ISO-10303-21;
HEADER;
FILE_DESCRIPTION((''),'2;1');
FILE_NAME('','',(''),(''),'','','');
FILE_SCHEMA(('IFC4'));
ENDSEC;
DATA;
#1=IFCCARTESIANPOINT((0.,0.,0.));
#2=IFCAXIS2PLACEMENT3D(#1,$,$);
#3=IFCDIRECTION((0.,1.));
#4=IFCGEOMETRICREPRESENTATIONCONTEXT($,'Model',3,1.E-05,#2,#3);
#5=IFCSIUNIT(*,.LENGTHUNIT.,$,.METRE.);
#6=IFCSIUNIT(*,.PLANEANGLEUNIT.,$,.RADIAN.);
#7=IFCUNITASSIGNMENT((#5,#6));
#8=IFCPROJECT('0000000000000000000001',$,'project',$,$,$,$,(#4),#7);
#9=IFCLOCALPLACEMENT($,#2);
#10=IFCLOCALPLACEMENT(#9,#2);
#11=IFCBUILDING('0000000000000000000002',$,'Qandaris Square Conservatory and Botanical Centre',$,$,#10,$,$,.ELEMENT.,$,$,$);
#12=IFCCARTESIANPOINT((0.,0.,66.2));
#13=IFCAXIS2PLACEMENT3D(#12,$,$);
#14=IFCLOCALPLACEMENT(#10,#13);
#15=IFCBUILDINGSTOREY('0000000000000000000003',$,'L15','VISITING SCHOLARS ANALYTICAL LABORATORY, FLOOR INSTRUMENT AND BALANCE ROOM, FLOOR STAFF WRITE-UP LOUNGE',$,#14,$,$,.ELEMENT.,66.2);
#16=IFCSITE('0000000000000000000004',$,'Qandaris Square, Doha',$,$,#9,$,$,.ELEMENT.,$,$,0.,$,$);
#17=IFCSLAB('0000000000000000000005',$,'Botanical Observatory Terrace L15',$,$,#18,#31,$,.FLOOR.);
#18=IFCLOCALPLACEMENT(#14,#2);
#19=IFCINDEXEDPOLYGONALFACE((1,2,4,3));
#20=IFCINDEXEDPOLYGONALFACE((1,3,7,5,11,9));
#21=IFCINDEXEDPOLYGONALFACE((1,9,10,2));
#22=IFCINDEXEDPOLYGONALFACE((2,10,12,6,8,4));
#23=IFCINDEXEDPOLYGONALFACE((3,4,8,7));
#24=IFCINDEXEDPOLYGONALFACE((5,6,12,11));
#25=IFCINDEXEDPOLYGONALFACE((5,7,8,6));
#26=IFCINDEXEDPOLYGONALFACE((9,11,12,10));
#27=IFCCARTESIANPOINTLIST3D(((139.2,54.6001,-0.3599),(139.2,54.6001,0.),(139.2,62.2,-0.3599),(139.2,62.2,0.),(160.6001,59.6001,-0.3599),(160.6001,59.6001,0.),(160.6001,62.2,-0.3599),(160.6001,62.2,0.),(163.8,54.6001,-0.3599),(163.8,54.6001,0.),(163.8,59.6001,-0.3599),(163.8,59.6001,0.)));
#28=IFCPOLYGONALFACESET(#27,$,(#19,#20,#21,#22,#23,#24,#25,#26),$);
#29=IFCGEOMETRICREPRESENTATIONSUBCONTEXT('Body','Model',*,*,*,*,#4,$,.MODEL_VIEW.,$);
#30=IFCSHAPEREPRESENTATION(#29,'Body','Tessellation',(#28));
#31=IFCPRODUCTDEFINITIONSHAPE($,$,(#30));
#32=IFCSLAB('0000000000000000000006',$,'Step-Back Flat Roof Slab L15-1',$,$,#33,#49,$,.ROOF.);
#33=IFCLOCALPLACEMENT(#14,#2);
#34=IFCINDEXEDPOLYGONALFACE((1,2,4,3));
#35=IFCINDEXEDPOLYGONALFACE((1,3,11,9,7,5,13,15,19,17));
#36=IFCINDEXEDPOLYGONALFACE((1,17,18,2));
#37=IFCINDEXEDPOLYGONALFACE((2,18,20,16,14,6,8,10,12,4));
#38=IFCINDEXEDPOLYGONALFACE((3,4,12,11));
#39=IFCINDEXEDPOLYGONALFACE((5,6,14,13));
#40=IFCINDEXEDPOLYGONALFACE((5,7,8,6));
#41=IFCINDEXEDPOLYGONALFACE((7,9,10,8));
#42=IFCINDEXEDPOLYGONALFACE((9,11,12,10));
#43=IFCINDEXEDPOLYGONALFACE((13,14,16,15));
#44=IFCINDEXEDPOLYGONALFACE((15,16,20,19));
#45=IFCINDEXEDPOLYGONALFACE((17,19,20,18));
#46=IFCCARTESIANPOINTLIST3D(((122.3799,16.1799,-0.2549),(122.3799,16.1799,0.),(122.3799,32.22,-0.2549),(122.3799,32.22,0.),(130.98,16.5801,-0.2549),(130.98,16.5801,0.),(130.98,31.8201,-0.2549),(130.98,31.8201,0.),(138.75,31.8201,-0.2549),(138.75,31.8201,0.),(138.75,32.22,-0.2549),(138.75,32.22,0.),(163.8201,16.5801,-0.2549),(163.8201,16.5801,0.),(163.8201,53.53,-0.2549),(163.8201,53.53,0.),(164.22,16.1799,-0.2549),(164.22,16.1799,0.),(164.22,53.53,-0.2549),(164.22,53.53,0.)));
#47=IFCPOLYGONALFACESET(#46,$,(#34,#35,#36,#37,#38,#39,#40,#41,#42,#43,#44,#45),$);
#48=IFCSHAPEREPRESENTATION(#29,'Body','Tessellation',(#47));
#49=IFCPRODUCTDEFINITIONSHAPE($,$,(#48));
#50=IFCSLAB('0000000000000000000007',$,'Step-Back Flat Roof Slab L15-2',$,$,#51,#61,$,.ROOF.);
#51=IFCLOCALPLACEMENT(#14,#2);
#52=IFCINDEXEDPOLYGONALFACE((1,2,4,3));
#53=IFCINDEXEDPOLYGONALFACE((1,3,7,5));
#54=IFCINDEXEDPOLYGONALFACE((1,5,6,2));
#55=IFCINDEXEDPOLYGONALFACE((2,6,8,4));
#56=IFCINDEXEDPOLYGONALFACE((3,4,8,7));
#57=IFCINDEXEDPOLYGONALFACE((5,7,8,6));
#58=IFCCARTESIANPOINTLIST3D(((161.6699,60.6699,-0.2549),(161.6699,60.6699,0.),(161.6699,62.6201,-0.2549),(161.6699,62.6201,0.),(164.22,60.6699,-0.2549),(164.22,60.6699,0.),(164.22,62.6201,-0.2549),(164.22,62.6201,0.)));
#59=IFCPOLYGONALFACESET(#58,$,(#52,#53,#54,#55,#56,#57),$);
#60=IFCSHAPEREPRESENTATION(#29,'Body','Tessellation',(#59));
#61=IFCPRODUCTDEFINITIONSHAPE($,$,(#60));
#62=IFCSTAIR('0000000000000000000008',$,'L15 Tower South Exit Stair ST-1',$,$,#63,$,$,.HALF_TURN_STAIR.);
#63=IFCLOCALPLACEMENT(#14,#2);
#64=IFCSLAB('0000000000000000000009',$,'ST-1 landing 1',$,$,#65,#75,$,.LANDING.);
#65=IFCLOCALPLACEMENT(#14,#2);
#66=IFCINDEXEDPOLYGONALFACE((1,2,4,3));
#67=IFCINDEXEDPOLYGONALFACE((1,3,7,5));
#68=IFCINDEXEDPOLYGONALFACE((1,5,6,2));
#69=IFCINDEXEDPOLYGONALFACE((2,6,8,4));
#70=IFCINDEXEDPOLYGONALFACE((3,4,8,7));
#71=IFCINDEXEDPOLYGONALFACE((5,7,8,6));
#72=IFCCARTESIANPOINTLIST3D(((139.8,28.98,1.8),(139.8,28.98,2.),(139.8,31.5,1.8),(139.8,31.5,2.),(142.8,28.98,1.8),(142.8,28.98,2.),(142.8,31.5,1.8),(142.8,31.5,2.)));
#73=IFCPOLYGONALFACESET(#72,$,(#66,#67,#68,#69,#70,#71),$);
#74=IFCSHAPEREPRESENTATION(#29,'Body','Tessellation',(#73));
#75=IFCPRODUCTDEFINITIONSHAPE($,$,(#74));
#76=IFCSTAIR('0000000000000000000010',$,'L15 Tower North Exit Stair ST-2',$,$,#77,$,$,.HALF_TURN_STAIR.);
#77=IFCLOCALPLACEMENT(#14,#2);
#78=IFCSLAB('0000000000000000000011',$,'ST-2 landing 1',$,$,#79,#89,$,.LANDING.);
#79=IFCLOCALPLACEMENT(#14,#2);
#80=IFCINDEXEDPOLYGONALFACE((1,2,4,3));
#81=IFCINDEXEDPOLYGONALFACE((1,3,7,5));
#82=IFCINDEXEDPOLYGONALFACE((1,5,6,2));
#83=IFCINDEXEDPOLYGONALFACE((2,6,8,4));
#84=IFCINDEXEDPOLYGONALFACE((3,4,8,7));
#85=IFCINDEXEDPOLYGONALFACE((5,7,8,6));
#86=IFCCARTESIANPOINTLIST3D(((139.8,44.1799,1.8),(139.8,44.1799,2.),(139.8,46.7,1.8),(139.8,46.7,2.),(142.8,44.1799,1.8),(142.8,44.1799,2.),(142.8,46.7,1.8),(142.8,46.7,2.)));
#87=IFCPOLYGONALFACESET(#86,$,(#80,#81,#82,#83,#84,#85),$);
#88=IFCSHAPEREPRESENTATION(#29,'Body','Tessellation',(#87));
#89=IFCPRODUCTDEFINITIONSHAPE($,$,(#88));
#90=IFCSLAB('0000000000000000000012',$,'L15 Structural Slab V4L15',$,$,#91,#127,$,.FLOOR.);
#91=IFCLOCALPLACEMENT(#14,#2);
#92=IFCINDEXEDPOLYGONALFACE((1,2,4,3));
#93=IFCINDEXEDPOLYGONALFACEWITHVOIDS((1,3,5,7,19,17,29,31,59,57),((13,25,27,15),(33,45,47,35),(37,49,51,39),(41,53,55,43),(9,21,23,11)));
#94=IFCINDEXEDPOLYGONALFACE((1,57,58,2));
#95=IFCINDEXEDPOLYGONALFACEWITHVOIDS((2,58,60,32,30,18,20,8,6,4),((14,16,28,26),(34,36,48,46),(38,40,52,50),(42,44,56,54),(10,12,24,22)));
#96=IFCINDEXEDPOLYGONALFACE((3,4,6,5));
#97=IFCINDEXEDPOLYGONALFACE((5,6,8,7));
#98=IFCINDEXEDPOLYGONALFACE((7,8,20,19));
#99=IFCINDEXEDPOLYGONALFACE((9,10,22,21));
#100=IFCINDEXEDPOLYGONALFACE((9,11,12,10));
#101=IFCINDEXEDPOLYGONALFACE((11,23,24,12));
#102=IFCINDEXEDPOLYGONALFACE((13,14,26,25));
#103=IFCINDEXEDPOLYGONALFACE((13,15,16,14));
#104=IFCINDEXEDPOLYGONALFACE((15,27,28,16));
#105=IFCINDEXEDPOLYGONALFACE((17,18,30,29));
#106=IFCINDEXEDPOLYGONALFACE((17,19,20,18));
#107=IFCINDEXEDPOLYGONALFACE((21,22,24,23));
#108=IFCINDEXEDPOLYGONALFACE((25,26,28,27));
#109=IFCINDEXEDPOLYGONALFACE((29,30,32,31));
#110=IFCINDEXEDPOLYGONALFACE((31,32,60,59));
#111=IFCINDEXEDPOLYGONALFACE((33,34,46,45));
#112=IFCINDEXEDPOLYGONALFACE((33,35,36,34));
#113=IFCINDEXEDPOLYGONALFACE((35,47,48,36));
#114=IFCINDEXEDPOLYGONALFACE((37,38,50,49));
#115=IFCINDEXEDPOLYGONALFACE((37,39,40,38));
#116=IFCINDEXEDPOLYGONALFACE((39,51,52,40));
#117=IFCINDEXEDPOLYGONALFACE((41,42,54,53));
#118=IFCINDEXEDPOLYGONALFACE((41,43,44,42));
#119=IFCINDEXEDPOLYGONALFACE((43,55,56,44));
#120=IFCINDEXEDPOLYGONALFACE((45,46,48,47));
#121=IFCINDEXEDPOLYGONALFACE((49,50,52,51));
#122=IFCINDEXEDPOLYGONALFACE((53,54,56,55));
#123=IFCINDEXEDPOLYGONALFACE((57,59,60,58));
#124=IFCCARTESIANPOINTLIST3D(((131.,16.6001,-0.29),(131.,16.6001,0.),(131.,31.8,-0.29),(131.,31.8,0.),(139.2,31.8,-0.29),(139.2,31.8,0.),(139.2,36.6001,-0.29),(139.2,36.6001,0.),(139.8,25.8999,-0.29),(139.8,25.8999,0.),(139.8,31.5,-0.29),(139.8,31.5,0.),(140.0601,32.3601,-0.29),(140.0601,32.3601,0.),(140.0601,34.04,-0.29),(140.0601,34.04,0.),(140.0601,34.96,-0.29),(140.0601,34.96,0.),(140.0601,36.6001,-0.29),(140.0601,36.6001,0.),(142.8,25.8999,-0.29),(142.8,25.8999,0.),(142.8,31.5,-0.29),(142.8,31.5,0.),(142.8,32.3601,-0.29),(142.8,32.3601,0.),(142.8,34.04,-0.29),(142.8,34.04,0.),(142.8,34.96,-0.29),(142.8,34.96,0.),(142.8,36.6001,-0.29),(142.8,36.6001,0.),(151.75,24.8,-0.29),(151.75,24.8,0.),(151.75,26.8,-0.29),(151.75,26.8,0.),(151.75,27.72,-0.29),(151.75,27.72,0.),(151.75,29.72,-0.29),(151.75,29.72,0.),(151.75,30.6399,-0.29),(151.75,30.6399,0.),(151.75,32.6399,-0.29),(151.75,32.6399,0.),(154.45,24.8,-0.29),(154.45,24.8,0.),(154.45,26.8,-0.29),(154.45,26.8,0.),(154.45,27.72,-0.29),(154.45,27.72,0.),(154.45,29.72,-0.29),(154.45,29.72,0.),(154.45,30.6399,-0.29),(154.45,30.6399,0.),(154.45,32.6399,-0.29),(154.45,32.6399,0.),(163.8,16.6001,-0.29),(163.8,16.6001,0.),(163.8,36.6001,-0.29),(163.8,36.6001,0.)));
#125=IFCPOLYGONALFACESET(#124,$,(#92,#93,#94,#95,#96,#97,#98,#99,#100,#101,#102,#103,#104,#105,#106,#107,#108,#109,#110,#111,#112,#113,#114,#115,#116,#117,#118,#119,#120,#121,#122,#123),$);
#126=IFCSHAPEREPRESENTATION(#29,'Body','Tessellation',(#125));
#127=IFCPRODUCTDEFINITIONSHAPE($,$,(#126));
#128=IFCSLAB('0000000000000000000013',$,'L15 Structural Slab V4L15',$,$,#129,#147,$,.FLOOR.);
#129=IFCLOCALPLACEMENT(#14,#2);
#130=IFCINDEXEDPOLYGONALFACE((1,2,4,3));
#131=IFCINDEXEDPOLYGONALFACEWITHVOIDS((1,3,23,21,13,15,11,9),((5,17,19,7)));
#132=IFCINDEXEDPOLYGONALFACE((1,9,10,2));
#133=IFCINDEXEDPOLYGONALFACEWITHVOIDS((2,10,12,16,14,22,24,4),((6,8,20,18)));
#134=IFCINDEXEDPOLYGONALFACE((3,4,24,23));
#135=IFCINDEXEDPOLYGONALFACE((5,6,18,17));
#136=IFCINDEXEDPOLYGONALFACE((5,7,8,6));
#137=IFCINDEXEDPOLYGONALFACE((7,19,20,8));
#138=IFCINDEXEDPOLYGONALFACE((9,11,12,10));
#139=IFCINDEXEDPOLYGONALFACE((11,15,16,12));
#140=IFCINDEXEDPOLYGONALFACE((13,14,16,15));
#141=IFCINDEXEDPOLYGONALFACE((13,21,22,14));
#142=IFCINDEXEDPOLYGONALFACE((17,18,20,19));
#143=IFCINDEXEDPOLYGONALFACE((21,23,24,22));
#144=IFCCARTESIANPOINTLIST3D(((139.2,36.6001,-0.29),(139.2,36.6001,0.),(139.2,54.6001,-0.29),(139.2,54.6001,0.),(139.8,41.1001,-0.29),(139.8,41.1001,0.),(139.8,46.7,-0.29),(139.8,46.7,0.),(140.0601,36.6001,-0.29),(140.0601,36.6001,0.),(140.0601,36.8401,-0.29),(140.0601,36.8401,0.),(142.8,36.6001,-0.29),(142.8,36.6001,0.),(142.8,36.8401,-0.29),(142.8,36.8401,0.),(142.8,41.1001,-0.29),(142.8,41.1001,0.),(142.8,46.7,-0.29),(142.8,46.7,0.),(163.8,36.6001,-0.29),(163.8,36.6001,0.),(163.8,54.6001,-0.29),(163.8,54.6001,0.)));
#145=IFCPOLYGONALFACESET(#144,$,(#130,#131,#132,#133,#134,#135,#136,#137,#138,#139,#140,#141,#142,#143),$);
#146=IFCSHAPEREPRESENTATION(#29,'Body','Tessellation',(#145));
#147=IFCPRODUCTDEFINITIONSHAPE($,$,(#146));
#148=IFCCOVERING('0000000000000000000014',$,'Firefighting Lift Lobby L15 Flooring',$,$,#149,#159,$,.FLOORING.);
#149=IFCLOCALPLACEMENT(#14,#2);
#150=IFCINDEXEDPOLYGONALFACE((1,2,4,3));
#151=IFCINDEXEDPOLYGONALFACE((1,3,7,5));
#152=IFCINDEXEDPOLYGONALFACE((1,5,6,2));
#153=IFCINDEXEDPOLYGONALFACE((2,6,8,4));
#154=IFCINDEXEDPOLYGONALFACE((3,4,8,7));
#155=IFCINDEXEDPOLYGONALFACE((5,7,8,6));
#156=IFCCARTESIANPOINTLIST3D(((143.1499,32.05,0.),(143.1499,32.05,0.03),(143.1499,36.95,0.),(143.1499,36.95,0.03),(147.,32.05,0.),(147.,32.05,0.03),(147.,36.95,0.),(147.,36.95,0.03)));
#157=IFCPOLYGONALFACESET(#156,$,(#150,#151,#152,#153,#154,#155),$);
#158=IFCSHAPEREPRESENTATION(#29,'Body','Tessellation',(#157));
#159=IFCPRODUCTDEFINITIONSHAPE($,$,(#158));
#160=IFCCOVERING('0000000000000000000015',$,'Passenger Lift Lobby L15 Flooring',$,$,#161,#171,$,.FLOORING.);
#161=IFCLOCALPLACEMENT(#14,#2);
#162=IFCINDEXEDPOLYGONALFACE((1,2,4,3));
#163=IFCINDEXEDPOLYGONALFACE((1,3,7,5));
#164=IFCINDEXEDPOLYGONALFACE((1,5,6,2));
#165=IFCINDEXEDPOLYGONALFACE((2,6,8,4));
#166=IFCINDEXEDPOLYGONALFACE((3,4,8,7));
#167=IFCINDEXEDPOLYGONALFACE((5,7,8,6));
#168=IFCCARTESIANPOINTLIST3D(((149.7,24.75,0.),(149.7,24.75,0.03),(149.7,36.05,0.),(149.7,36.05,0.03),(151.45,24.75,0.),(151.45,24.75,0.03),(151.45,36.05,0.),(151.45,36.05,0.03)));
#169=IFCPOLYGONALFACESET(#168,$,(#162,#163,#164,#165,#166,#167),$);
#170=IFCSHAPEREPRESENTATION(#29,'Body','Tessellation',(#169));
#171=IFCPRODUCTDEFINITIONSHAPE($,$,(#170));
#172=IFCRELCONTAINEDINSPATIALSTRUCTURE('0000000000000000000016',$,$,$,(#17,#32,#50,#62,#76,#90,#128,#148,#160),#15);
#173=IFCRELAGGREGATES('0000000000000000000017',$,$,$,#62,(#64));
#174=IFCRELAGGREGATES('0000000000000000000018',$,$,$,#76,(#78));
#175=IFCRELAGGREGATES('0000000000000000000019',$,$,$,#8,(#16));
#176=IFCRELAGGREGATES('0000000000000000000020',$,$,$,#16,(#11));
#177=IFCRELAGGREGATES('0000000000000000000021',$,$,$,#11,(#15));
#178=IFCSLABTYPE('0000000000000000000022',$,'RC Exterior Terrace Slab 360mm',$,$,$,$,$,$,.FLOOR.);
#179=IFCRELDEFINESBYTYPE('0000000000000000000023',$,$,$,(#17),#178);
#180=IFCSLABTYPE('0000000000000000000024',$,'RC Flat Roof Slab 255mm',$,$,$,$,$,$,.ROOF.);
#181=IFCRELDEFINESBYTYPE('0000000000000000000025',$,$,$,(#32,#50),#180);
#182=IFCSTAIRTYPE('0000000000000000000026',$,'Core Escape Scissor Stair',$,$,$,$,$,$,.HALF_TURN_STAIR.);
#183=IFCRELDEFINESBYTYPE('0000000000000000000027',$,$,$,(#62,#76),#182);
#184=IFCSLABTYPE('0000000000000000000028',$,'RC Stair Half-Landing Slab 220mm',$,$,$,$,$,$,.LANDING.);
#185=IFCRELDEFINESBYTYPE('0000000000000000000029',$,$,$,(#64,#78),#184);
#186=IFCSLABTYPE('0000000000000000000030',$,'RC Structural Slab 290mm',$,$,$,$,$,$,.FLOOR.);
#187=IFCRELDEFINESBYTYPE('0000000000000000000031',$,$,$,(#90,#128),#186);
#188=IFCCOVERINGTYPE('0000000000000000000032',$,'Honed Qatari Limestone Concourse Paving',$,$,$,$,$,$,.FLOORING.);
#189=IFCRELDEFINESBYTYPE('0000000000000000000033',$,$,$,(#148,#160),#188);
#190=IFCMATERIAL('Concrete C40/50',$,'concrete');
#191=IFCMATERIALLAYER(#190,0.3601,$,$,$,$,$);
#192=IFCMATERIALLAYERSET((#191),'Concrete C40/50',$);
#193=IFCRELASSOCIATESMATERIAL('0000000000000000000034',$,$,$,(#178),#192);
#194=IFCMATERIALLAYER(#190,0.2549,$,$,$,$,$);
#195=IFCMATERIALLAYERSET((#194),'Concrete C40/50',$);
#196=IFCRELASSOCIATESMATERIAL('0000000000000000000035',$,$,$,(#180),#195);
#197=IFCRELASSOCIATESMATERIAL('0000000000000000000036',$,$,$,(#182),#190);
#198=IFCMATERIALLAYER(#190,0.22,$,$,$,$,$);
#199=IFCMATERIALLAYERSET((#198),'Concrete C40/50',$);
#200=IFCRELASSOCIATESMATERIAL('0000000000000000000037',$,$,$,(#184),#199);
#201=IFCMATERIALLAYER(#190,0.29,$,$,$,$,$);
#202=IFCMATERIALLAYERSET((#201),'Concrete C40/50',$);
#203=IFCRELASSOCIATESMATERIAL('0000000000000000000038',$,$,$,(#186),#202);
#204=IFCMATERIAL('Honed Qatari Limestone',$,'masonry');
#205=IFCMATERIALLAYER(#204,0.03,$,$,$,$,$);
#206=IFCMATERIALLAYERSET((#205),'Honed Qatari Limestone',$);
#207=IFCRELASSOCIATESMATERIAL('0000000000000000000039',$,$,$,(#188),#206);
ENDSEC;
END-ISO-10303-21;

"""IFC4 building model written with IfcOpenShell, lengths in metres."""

from ifc_helpers import new_model, si_unit, direction, frame, origin, place, context, subcontext, project, spatial, polyline, outline, extrude, material, layer, layer_set, type_object, element, aggregate, save


model = new_model("IFC4")

# Units and contexts
model_context = context("Model", 3, precision=1e-05, world=origin(), true_north=direction((0.0, 1.0)))
body_context = subcontext(model_context, "Body", "Model", "MODEL_VIEW")
ifc_project = project(units=[si_unit("LENGTHUNIT", "METRE"), si_unit("PLANEANGLEUNIT", "RADIAN")], contexts=[model_context])

# Site, building, storey
site_placement = place(None, origin())
site = spatial("IfcSite", under=ifc_project, at=site_placement, Name="Qandaris Square, Doha", CompositionType="ELEMENT", RefElevation=0.0)
building_placement = place(site_placement, origin())
building = spatial("IfcBuilding", under=site, at=building_placement, Name="Qandaris Square Conservatory and Botanical Centre", CompositionType="ELEMENT")
storey_placement = place(building_placement, frame((0.0, 0.0, 66.2)))
storey = spatial("IfcBuildingStorey", under=building, at=storey_placement, Name="L15", Description="VISITING SCHOLARS ANALYTICAL LABORATORY, FLOOR INSTRUMENT AND BALANCE ROOM, FLOOR STAFF WRITE-UP LOUNGE", CompositionType="ELEMENT", Elevation=66.2)

# Slabs
ifc_material_1 = material(Name="Concrete C40/50", Category="concrete")
ifc_layer_1 = layer(ifc_material_1, 0.3601)
ifc_layer_set_1 = layer_set([ifc_layer_1], Name="Concrete C40/50")
slab_type_1 = type_object("IfcSlabType", Name="RC Exterior Terrace Slab 360mm", PredefinedType="FLOOR", material=ifc_layer_set_1)
slab_1_placement = place(storey_placement, frame((0.0, 0.0, -0.3599)))
element("IfcSlab", 1, at=slab_1_placement, inside=storey, type_object=slab_type_1, Name="Botanical Observatory Terrace L15", PredefinedType="FLOOR", context=body_context, shape_type="SweptSolid", body=[
    extrude(outline(polyline([(163.8, 54.6001), (139.2, 54.6001), (139.2, 62.2), (160.6001, 62.2), (160.6001, 59.6001), (163.8, 59.6001), (163.8, 54.6001)])), origin(), (0.0, 0.0, 1.0), 0.3599),
])
ifc_layer_2 = layer(ifc_material_1, 0.2549)
ifc_layer_set_2 = layer_set([ifc_layer_2], Name="Concrete C40/50")
slab_type_2 = type_object("IfcSlabType", Name="RC Flat Roof Slab 255mm", PredefinedType="ROOF", material=ifc_layer_set_2)
slab_2_placement = place(storey_placement, frame((0.0, 0.0, -0.2549)))
element("IfcSlab", 2, at=slab_2_placement, inside=storey, type_object=slab_type_2, Name="Step-Back Flat Roof Slab L15-1", PredefinedType="ROOF", context=body_context, shape_type="SweptSolid", body=[
    extrude(outline(polyline([(138.75, 32.22), (138.75, 31.8201), (130.98, 31.8201), (130.98, 16.5801), (163.8201, 16.5801), (163.8201, 53.53), (164.22, 53.53), (164.22, 16.1799), (122.3799, 16.1799), (122.3799, 32.22), (138.75, 32.22)])), origin(), (0.0, 0.0, 1.0), 0.2549),
])
slab_3_placement = place(storey_placement, frame((0.0, 0.0, -0.2549)))
element("IfcSlab", 3, at=slab_3_placement, inside=storey, type_object=slab_type_2, Name="Step-Back Flat Roof Slab L15-2", PredefinedType="ROOF", context=body_context, shape_type="SweptSolid", body=[
    extrude(outline(polyline([(164.22, 60.6699), (161.6699, 60.6699), (161.6699, 62.6201), (164.22, 62.6201), (164.22, 60.6699)])), origin(), (0.0, 0.0, 1.0), 0.2549),
])

# Stairs, slabs
stair_type = type_object("IfcStairType", Name="Core Escape Scissor Stair", PredefinedType="HALF_TURN_STAIR", material=ifc_material_1)
stair_1_placement = place(storey_placement, origin())
stair_1 = element("IfcStair", 4, at=stair_1_placement, inside=storey, type_object=stair_type, Name="L15 Tower South Exit Stair ST-1", PredefinedType="HALF_TURN_STAIR")
ifc_layer_3 = layer(ifc_material_1, 0.22)
ifc_layer_set_3 = layer_set([ifc_layer_3], Name="Concrete C40/50")
slab_type_3 = type_object("IfcSlabType", Name="RC Stair Half-Landing Slab 220mm", PredefinedType="LANDING", material=ifc_layer_set_3)
slab_4_placement = place(storey_placement, frame((0.0, 0.0, 1.8)))
slab_4 = element("IfcSlab", 5, at=slab_4_placement, type_object=slab_type_3, Name="ST-1 landing 1", PredefinedType="LANDING", context=body_context, shape_type="SweptSolid", body=[
    extrude(outline(polyline([(142.8, 28.98), (142.8, 31.5), (139.8, 31.5), (139.8, 28.98), (142.8, 28.98)])), origin(), (0.0, 0.0, 1.0), 0.2),
])
aggregate(stair_1, [slab_4])
stair_2_placement = place(storey_placement, origin())
stair_2 = element("IfcStair", 6, at=stair_2_placement, inside=storey, type_object=stair_type, Name="L15 Tower North Exit Stair ST-2", PredefinedType="HALF_TURN_STAIR")
slab_5_placement = place(storey_placement, frame((0.0, 0.0, 1.8)))
slab_5 = element("IfcSlab", 7, at=slab_5_placement, type_object=slab_type_3, Name="ST-2 landing 1", PredefinedType="LANDING", context=body_context, shape_type="SweptSolid", body=[
    extrude(outline(polyline([(142.8, 44.1799), (142.8, 46.7), (139.8, 46.7), (139.8, 44.1799), (142.8, 44.1799)])), origin(), (0.0, 0.0, 1.0), 0.2),
])
aggregate(stair_2, [slab_5])

# Slabs
ifc_layer_4 = layer(ifc_material_1, 0.29)
ifc_layer_set_4 = layer_set([ifc_layer_4], Name="Concrete C40/50")
slab_type_4 = type_object("IfcSlabType", Name="RC Structural Slab 290mm", PredefinedType="FLOOR", material=ifc_layer_set_4)
slab_6_placement = place(storey_placement, frame((0.0, 0.0, -0.29)))
element("IfcSlab", 8, at=slab_6_placement, inside=storey, type_object=slab_type_4, Name="L15 Structural Slab V4L15", PredefinedType="FLOOR", context=body_context, shape_type="SweptSolid", body=[
    extrude(outline(polyline([(139.2, 31.8), (139.2, 36.6001), (140.0601, 36.6001), (140.0601, 34.96), (142.8, 34.96), (142.8, 36.6001), (163.8, 36.6001), (163.8, 16.6001), (131.0, 16.6001), (131.0, 31.8), (139.2, 31.8)]), holes=[polyline([(154.45, 24.8), (154.45, 26.8), (151.75, 26.8), (151.75, 24.8), (154.45, 24.8)]), polyline([(139.8, 25.8999), (142.8, 25.8999), (142.8, 31.5), (139.8, 31.5), (139.8, 25.8999)]), polyline([(151.75, 27.72), (154.45, 27.72), (154.45, 29.72), (151.75, 29.72), (151.75, 27.72)]), polyline([(151.75, 30.6399), (154.45, 30.6399), (154.45, 32.6399), (151.75, 32.6399), (151.75, 30.6399)]), polyline([(140.0601, 32.3601), (142.8, 32.3601), (142.8, 34.04), (140.0601, 34.04), (140.0601, 32.3601)])]), origin(), (0.0, 0.0, 1.0), 0.29),
])
slab_7_placement = place(storey_placement, frame((0.0, 0.0, -0.29)))
element("IfcSlab", 9, at=slab_7_placement, inside=storey, type_object=slab_type_4, Name="L15 Structural Slab V4L15", PredefinedType="FLOOR", context=body_context, shape_type="SweptSolid", body=[
    extrude(outline(polyline([(139.2, 54.6001), (163.8, 54.6001), (163.8, 36.6001), (142.8, 36.6001), (142.8, 36.8401), (140.0601, 36.8401), (140.0601, 36.6001), (139.2, 36.6001), (139.2, 54.6001)]), holes=[polyline([(139.8, 41.1001), (142.8, 41.1001), (142.8, 46.7), (139.8, 46.7), (139.8, 41.1001)])]), origin(), (0.0, 0.0, 1.0), 0.29),
])

# Coverings
ifc_material_2 = material(Name="Honed Qatari Limestone", Category="masonry")
ifc_layer_5 = layer(ifc_material_2, 0.03)
ifc_layer_set_5 = layer_set([ifc_layer_5], Name="Honed Qatari Limestone")
covering_type_1 = type_object("IfcCoveringType", Name="Honed Qatari Limestone Concourse Paving", PredefinedType="FLOORING", material=ifc_layer_set_5)
covering_1_placement = place(storey_placement, origin())
element("IfcCovering", 10, at=covering_1_placement, inside=storey, type_object=covering_type_1, Name="Firefighting Lift Lobby L15 Flooring", PredefinedType="FLOORING", context=body_context, shape_type="SweptSolid", body=[
    extrude(outline(polyline([(143.1499, 36.95), (147.0, 36.95), (147.0, 32.05), (143.1499, 32.05), (143.1499, 36.95)])), origin(), (0.0, 0.0, 1.0), 0.03),
])
covering_2_placement = place(storey_placement, origin())
element("IfcCovering", 11, at=covering_2_placement, inside=storey, type_object=covering_type_1, Name="Passenger Lift Lobby L15 Flooring", PredefinedType="FLOORING", context=body_context, shape_type="SweptSolid", body=[
    extrude(outline(polyline([(149.7, 36.05), (151.45, 36.05), (151.45, 24.75), (149.7, 24.75), (149.7, 36.05)])), origin(), (0.0, 0.0, 1.0), 0.03),
])

save(model, "model.ifc")
